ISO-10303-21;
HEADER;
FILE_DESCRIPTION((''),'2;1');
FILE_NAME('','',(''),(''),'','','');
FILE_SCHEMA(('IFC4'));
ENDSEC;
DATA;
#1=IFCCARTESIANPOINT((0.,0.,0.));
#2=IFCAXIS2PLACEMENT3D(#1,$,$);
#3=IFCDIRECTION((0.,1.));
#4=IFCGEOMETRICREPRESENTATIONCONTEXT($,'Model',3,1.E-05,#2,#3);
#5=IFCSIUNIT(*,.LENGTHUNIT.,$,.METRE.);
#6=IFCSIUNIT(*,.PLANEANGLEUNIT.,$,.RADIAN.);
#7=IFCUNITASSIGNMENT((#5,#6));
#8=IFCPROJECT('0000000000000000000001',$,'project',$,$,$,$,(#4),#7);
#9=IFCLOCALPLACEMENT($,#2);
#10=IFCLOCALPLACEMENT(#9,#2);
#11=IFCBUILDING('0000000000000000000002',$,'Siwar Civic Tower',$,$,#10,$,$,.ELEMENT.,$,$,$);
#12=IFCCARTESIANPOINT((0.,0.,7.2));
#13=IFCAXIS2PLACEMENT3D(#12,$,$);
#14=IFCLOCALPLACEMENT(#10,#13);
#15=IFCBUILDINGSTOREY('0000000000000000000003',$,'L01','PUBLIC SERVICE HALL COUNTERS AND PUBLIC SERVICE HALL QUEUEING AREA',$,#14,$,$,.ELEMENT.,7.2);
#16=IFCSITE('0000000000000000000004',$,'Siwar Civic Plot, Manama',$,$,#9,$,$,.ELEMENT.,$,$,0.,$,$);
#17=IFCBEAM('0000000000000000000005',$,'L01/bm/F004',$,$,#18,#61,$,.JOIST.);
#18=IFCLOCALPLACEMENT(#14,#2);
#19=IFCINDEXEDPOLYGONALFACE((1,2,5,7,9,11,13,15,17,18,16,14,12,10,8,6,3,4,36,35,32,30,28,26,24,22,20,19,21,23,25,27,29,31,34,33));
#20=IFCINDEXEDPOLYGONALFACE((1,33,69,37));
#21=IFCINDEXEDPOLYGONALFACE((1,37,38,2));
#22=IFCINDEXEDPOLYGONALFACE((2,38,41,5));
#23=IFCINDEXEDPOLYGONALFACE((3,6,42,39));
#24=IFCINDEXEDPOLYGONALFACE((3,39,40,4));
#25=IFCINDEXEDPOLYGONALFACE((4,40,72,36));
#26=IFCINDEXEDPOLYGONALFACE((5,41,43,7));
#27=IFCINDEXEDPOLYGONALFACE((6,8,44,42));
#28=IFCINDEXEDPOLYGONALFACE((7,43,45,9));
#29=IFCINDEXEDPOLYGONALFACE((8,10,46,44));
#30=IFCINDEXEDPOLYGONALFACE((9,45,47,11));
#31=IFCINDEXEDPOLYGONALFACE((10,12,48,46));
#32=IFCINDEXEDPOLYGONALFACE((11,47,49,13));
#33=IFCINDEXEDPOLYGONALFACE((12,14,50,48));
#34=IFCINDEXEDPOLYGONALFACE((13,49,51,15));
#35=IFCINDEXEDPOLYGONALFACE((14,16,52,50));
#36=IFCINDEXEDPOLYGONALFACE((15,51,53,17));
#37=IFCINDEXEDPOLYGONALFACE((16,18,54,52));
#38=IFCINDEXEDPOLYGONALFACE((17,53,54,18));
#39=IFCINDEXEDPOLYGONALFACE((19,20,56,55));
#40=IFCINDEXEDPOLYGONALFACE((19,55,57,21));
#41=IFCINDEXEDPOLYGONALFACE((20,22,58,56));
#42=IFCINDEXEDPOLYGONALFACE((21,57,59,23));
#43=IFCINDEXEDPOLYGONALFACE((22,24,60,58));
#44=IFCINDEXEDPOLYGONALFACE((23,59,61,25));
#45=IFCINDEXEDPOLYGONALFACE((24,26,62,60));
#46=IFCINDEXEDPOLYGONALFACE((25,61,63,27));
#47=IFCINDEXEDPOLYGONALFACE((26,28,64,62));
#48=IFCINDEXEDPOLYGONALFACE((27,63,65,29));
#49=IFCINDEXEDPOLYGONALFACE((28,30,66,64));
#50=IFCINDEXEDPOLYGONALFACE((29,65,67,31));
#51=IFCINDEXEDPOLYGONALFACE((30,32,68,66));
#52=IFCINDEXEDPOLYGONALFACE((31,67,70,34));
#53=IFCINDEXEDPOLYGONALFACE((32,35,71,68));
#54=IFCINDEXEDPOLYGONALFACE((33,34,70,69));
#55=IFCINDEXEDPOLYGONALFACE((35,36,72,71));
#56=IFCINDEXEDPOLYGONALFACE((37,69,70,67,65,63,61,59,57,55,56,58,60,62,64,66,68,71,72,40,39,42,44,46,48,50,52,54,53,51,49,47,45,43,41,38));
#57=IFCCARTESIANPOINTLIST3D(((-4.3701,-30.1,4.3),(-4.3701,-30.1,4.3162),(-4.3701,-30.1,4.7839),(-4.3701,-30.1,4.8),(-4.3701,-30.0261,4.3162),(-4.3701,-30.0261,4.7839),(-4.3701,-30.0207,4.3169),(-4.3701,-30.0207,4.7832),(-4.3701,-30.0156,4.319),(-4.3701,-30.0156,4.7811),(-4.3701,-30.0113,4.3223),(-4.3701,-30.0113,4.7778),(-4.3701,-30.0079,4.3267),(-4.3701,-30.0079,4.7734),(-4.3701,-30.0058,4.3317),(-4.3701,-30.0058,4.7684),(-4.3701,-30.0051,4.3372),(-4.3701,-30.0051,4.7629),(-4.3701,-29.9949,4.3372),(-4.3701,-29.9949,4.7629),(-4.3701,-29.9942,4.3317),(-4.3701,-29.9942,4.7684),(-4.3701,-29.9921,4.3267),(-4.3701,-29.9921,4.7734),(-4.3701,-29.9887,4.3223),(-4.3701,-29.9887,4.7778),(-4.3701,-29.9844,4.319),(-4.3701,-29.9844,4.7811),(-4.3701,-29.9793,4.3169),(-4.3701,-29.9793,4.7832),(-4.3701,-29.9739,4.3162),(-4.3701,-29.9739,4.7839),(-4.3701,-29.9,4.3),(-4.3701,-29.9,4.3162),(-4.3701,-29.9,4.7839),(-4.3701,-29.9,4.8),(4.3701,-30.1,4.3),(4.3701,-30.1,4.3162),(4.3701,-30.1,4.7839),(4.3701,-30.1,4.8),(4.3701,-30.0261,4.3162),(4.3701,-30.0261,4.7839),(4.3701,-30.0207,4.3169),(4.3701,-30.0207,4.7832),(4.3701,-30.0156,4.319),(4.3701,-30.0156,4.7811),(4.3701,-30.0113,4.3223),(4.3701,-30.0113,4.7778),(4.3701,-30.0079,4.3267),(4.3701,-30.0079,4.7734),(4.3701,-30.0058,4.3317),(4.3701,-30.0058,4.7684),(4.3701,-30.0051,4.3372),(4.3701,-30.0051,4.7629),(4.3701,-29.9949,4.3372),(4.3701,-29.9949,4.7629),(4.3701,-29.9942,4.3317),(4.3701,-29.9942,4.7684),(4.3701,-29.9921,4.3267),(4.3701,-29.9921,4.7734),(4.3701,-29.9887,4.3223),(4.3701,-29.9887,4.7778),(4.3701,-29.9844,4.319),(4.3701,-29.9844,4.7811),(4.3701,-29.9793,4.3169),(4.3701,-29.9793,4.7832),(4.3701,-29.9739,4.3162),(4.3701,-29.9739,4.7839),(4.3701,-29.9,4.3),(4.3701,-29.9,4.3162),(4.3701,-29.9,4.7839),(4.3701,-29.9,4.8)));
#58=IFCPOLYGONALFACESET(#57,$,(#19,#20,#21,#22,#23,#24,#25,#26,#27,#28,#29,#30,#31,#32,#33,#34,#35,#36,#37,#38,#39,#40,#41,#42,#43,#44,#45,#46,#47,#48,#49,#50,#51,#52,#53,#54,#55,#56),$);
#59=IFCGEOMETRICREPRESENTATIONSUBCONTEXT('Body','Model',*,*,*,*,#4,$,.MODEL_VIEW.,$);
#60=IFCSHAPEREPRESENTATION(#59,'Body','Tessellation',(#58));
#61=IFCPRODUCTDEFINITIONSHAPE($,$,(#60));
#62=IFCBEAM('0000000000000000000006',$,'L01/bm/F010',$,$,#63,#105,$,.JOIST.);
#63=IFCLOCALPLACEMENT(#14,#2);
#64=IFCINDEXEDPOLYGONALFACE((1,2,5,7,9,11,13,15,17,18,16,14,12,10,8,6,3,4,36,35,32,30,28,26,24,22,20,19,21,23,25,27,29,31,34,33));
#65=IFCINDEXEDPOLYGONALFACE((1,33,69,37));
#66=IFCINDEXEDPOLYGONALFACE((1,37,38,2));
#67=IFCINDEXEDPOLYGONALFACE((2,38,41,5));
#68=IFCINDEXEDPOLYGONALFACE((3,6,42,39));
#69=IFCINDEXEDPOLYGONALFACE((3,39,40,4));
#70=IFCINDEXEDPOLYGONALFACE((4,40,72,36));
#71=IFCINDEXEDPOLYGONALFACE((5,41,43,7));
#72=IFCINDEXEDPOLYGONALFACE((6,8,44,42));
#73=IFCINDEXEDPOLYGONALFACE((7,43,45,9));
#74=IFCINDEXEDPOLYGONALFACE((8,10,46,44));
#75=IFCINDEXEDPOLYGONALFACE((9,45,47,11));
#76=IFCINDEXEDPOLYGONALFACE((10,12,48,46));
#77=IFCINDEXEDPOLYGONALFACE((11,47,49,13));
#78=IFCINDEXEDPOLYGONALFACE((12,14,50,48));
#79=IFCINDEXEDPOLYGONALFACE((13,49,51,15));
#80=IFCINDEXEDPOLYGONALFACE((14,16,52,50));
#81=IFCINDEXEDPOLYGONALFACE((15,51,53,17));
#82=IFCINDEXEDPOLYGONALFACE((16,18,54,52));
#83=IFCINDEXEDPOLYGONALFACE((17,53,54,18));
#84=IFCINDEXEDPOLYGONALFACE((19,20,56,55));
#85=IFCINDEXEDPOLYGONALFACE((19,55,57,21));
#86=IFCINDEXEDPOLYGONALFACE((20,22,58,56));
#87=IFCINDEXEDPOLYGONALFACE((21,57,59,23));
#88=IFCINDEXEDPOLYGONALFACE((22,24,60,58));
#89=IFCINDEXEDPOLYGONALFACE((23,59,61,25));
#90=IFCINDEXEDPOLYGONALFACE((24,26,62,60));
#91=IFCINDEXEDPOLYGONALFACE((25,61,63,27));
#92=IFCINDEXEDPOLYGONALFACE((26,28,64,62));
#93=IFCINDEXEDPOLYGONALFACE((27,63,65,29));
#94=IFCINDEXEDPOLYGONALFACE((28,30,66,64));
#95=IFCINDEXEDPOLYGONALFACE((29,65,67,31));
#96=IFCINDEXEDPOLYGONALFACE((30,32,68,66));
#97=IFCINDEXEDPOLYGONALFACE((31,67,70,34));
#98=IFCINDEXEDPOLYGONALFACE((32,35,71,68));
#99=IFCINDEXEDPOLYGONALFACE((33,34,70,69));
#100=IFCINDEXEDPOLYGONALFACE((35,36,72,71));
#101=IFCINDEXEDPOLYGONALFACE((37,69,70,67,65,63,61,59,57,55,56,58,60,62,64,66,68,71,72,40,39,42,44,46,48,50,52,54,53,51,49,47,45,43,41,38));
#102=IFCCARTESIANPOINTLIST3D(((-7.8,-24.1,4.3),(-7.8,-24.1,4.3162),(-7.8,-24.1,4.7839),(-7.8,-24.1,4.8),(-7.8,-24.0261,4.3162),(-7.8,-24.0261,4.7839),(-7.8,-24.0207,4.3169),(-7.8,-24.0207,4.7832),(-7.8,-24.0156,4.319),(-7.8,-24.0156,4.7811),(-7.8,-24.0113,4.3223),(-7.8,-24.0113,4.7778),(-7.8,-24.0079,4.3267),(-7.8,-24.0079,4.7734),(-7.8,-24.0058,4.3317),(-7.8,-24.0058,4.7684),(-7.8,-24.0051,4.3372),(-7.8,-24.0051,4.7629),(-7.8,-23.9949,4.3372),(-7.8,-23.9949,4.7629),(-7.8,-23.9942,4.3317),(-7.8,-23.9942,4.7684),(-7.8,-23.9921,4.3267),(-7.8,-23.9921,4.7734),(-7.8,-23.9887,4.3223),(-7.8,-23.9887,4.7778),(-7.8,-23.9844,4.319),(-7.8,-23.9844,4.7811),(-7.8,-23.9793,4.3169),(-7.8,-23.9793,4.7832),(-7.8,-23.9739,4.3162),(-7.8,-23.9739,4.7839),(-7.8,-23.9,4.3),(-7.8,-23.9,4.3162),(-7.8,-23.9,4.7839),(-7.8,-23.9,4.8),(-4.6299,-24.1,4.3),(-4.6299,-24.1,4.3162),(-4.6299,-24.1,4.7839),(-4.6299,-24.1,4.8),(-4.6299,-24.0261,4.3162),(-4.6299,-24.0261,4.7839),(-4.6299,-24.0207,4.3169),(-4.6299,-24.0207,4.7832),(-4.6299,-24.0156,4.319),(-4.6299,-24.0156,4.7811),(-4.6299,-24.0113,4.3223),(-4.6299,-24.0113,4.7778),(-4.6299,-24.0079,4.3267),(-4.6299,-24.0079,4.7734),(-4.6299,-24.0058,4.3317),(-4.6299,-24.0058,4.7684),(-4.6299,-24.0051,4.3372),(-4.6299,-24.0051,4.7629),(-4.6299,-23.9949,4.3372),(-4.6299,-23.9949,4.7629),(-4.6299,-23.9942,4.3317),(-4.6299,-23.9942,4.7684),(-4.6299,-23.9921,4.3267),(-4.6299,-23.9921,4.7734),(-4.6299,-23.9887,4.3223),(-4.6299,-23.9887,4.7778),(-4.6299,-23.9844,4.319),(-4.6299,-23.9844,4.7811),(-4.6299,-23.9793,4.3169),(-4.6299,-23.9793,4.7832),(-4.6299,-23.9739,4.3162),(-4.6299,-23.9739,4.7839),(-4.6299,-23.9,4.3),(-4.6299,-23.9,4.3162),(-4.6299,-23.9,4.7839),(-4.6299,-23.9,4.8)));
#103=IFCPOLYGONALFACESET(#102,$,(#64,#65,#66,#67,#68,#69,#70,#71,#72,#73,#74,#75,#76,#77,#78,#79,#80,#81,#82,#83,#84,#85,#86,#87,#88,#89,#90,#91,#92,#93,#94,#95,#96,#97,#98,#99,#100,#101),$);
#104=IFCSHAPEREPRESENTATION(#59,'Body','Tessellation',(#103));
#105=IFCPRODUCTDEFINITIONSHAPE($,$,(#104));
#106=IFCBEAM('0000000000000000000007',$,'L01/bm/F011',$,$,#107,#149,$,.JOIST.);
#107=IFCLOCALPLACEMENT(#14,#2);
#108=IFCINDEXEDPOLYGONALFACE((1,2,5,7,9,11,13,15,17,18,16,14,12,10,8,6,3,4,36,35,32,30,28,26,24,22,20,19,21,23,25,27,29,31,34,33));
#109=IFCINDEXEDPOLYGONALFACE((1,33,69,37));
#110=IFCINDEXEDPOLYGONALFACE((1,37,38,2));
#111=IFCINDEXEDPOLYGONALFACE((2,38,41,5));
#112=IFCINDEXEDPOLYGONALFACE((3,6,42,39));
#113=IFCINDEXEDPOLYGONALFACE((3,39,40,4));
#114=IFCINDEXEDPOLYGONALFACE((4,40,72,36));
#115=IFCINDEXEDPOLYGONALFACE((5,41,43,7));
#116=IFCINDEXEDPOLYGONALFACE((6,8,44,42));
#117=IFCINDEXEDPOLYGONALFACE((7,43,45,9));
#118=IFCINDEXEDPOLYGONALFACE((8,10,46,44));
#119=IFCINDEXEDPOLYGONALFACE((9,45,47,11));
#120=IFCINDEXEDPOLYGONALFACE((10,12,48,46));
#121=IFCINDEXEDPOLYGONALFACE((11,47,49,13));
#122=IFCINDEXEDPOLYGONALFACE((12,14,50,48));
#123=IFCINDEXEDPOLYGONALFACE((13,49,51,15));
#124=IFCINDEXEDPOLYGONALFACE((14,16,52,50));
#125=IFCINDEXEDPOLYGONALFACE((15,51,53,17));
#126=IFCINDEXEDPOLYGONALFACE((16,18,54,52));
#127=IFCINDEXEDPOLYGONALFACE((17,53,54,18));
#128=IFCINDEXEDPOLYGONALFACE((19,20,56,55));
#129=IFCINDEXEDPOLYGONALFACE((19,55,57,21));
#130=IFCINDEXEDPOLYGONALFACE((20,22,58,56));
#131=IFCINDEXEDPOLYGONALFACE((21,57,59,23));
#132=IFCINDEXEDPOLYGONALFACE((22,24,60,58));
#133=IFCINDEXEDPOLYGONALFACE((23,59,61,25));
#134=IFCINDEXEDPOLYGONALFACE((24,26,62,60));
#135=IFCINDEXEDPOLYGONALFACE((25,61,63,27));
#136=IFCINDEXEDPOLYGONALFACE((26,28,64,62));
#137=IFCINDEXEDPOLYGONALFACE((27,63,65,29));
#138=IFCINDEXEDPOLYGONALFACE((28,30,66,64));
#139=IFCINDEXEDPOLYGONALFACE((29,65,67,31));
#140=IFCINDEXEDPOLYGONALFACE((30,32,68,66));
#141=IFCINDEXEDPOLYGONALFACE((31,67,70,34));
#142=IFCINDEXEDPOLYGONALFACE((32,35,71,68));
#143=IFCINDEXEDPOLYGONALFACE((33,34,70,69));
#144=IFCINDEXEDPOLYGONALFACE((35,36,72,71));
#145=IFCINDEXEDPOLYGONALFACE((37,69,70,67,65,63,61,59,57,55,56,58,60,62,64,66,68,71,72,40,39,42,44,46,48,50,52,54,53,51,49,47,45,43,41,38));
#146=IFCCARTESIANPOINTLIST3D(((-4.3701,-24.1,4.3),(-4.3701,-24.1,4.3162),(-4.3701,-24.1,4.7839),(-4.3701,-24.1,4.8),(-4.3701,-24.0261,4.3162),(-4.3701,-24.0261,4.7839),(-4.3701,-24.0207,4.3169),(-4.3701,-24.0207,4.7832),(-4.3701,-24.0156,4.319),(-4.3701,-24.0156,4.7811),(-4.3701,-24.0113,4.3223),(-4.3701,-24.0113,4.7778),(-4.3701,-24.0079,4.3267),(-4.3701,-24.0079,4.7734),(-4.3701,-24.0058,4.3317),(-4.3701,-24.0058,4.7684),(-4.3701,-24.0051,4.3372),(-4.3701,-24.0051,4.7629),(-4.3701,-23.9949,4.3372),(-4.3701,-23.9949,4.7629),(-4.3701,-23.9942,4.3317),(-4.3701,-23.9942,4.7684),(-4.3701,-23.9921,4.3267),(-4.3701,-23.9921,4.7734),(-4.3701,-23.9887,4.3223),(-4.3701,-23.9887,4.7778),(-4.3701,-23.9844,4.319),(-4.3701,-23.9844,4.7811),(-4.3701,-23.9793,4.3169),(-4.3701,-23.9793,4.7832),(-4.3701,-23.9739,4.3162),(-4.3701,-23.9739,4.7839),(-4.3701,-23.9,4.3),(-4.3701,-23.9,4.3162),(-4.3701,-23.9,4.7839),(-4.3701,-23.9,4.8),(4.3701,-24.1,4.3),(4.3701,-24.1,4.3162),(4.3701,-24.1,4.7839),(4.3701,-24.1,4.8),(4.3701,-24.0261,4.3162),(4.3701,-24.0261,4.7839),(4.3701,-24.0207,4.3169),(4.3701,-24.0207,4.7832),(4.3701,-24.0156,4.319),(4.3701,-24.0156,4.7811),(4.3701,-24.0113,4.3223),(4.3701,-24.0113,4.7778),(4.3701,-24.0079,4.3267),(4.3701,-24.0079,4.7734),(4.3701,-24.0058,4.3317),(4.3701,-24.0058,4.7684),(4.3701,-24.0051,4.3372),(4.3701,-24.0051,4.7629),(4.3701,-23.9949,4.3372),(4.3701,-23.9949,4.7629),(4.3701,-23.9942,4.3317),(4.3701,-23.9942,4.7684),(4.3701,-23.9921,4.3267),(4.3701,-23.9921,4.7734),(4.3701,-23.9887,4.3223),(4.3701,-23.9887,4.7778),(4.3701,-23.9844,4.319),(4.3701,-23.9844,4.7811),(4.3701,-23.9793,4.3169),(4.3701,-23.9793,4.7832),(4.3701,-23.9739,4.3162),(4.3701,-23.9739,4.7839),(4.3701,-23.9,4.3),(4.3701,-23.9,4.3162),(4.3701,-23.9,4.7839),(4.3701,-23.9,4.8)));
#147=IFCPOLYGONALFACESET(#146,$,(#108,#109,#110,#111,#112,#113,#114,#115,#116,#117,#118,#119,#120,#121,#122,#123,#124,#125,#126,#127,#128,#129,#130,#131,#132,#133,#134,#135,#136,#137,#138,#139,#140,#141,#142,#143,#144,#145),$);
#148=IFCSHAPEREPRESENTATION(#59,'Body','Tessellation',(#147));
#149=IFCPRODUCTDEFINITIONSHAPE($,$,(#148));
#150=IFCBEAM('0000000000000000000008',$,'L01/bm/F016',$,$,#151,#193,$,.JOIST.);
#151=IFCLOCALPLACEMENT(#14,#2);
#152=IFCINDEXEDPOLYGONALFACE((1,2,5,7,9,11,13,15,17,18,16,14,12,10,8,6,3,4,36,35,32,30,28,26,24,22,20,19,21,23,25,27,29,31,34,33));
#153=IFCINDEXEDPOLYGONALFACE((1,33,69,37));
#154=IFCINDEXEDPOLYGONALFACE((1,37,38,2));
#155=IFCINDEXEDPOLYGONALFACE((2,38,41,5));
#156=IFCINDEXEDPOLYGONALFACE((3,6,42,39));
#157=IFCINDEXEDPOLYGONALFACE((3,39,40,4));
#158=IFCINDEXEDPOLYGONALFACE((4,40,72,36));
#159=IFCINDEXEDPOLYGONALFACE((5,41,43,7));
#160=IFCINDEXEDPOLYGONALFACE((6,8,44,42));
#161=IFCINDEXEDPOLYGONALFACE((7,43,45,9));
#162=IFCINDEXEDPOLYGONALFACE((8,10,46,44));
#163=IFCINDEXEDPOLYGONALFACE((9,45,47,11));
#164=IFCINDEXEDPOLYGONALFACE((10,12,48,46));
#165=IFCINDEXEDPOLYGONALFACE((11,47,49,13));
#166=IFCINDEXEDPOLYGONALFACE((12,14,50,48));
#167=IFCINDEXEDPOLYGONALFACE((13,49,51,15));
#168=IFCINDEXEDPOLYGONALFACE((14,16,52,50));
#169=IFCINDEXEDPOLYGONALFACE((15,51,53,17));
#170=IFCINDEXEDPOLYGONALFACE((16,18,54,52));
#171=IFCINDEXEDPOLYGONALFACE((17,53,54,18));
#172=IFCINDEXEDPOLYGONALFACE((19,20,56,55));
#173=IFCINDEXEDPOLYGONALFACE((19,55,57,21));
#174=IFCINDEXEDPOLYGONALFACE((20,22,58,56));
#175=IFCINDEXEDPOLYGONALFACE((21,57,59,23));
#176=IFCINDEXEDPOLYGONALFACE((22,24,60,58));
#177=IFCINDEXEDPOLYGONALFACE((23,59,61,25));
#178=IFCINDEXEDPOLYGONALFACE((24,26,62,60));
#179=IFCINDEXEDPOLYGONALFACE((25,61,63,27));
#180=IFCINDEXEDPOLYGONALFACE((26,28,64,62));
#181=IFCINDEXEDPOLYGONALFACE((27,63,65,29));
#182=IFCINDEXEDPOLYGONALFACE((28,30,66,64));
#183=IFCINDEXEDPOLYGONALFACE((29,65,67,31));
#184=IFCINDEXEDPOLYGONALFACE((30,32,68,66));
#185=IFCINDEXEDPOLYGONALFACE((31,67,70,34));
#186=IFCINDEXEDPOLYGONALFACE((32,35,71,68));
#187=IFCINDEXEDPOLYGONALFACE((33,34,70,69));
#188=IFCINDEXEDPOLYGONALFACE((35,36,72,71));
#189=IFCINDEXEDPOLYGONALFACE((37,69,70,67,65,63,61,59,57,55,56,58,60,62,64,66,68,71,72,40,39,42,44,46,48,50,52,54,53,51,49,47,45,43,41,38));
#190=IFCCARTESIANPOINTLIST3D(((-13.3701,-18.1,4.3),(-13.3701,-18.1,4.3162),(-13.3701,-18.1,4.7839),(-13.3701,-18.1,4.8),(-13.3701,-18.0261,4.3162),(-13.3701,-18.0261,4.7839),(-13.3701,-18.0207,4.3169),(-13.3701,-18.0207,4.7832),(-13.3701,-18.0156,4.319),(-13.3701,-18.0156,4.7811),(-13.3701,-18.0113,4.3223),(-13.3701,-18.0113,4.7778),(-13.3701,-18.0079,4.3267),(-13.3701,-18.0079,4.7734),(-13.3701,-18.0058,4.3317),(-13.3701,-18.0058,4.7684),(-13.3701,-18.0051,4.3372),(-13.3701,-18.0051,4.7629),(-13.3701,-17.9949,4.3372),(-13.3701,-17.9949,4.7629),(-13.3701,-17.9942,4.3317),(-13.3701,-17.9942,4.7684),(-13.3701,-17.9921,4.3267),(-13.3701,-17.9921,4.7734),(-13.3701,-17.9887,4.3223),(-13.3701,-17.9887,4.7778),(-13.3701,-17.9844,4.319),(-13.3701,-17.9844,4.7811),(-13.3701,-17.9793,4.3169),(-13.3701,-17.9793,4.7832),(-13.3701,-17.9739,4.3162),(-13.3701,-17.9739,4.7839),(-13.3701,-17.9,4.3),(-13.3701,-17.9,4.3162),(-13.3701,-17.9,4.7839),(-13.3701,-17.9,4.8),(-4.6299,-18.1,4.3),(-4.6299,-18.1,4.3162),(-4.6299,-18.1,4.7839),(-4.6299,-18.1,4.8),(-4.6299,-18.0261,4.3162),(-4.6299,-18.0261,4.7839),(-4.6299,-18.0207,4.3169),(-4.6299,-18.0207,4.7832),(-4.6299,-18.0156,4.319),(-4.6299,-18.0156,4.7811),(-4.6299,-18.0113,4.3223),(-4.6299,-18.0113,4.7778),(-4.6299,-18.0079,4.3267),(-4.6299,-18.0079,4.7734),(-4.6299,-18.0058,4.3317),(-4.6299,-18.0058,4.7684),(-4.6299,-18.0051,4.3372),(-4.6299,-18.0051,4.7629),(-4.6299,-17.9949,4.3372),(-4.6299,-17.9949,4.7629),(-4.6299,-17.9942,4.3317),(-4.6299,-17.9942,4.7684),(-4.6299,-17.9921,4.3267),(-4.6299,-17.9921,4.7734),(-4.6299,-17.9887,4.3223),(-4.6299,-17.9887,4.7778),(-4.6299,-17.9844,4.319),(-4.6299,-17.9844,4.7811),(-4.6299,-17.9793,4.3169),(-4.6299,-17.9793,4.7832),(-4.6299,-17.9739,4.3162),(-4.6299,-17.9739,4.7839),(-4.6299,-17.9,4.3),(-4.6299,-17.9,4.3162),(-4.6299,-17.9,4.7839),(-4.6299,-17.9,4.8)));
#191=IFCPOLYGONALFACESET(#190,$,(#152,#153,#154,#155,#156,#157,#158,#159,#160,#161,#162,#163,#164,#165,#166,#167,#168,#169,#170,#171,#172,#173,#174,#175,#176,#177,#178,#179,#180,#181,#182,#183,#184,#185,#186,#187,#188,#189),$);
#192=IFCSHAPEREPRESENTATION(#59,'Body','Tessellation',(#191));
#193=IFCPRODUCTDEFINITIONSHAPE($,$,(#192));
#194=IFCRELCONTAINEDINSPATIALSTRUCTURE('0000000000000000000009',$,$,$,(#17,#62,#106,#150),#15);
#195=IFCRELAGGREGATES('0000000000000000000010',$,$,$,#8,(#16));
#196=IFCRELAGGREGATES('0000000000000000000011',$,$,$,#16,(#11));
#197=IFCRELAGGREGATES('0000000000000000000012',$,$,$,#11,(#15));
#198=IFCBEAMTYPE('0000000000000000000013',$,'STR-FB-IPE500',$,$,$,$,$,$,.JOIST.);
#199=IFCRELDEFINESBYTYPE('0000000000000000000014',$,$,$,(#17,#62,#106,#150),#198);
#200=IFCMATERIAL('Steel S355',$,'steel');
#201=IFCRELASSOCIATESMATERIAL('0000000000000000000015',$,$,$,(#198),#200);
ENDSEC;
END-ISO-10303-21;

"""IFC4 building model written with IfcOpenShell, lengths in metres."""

from ifc_helpers import new_model, si_unit, direction, frame, origin, origin_2d, place, context, subcontext, project, spatial, i_section, extrude, material, material_profile, profile_set, type_object, element, save


model = new_model("IFC4")

# Units and contexts
model_context = context("Model", 3, precision=1e-05, world=origin(), true_north=direction((0.0, 1.0)))
body_context = subcontext(model_context, "Body", "Model", "MODEL_VIEW")
ifc_project = project(units=[si_unit("LENGTHUNIT", "METRE"), si_unit("PLANEANGLEUNIT", "RADIAN")], contexts=[model_context])

# Site, building, storey
site_placement = place(None, origin())
site = spatial("IfcSite", under=ifc_project, at=site_placement, Name="Siwar Civic Plot, Manama", CompositionType="ELEMENT", RefElevation=0.0)
building_placement = place(site_placement, origin())
building = spatial("IfcBuilding", under=site, at=building_placement, Name="Siwar Civic Tower", CompositionType="ELEMENT")
storey_placement = place(building_placement, frame((0.0, 0.0, 7.2)))
storey = spatial("IfcBuildingStorey", under=building, at=storey_placement, Name="L01", Description="PUBLIC SERVICE HALL COUNTERS AND PUBLIC SERVICE HALL QUEUEING AREA", CompositionType="ELEMENT", Elevation=7.2)

# Beams
ifc_material_1 = material(Name="Steel S355", Category="steel")
ifc_material_profile_1 = material_profile(ifc_material_1, i_section(OverallWidth=0.2, OverallDepth=0.5, WebThickness=0.0103, FlangeThickness=0.0161, FilletRadius=0.021, at=origin_2d()), Name="IPE500")
ifc_profile_set_1 = profile_set([ifc_material_profile_1], Name="Steel S355")
beam_type_1 = type_object("IfcBeamType", Name="STR-FB-IPE500", PredefinedType="JOIST", material=ifc_profile_set_1)
for number, where, z_axis, x_axis, name in (
    (1, (-4.3701, -30.0, 4.55), (1.0, 0.0, 0.0), (0.0, 1.0, 0.0), "L01/bm/F004"),
):
    element("IfcBeam", number, at=place(storey_placement, frame(where, z_axis=z_axis, x_axis=x_axis)), inside=storey, type_object=beam_type_1, Name=name, PredefinedType="JOIST", context=body_context, shape_type="SweptSolid", body=[
        extrude(i_section(OverallWidth=0.2, OverallDepth=0.5, WebThickness=0.0103, FlangeThickness=0.0161, FilletRadius=0.021, at=origin_2d()), origin(), (0.0, 0.0, 1.0), 8.7402),
    ])
beam_1_placement = place(storey_placement, frame((-7.8, -24.0, 4.55), z_axis=(1.0, 0.0, 0.0), x_axis=(0.0, 1.0, 0.0)))
element("IfcBeam", 2, at=beam_1_placement, inside=storey, type_object=beam_type_1, Name="L01/bm/F010", PredefinedType="JOIST", context=body_context, shape_type="SweptSolid", body=[
    extrude(i_section(OverallWidth=0.2, OverallDepth=0.5, WebThickness=0.0103, FlangeThickness=0.0161, FilletRadius=0.021, at=origin_2d()), origin(), (0.0, 0.0, 1.0), 3.1702),
])
for number, where, z_axis, x_axis, name in (
    (3, (-4.3701, -24.0, 4.55), (1.0, 0.0, 0.0), (0.0, 1.0, 0.0), "L01/bm/F011"),
    (4, (-13.3701, -18.0, 4.55), (1.0, 0.0, 0.0), (0.0, 1.0, 0.0), "L01/bm/F016"),
):
    element("IfcBeam", number, at=place(storey_placement, frame(where, z_axis=z_axis, x_axis=x_axis)), inside=storey, type_object=beam_type_1, Name=name, PredefinedType="JOIST", context=body_context, shape_type="SweptSolid", body=[
        extrude(i_section(OverallWidth=0.2, OverallDepth=0.5, WebThickness=0.0103, FlangeThickness=0.0161, FilletRadius=0.021, at=origin_2d()), origin(), (0.0, 0.0, 1.0), 8.7402),
    ])

save(model, "model.ifc")
